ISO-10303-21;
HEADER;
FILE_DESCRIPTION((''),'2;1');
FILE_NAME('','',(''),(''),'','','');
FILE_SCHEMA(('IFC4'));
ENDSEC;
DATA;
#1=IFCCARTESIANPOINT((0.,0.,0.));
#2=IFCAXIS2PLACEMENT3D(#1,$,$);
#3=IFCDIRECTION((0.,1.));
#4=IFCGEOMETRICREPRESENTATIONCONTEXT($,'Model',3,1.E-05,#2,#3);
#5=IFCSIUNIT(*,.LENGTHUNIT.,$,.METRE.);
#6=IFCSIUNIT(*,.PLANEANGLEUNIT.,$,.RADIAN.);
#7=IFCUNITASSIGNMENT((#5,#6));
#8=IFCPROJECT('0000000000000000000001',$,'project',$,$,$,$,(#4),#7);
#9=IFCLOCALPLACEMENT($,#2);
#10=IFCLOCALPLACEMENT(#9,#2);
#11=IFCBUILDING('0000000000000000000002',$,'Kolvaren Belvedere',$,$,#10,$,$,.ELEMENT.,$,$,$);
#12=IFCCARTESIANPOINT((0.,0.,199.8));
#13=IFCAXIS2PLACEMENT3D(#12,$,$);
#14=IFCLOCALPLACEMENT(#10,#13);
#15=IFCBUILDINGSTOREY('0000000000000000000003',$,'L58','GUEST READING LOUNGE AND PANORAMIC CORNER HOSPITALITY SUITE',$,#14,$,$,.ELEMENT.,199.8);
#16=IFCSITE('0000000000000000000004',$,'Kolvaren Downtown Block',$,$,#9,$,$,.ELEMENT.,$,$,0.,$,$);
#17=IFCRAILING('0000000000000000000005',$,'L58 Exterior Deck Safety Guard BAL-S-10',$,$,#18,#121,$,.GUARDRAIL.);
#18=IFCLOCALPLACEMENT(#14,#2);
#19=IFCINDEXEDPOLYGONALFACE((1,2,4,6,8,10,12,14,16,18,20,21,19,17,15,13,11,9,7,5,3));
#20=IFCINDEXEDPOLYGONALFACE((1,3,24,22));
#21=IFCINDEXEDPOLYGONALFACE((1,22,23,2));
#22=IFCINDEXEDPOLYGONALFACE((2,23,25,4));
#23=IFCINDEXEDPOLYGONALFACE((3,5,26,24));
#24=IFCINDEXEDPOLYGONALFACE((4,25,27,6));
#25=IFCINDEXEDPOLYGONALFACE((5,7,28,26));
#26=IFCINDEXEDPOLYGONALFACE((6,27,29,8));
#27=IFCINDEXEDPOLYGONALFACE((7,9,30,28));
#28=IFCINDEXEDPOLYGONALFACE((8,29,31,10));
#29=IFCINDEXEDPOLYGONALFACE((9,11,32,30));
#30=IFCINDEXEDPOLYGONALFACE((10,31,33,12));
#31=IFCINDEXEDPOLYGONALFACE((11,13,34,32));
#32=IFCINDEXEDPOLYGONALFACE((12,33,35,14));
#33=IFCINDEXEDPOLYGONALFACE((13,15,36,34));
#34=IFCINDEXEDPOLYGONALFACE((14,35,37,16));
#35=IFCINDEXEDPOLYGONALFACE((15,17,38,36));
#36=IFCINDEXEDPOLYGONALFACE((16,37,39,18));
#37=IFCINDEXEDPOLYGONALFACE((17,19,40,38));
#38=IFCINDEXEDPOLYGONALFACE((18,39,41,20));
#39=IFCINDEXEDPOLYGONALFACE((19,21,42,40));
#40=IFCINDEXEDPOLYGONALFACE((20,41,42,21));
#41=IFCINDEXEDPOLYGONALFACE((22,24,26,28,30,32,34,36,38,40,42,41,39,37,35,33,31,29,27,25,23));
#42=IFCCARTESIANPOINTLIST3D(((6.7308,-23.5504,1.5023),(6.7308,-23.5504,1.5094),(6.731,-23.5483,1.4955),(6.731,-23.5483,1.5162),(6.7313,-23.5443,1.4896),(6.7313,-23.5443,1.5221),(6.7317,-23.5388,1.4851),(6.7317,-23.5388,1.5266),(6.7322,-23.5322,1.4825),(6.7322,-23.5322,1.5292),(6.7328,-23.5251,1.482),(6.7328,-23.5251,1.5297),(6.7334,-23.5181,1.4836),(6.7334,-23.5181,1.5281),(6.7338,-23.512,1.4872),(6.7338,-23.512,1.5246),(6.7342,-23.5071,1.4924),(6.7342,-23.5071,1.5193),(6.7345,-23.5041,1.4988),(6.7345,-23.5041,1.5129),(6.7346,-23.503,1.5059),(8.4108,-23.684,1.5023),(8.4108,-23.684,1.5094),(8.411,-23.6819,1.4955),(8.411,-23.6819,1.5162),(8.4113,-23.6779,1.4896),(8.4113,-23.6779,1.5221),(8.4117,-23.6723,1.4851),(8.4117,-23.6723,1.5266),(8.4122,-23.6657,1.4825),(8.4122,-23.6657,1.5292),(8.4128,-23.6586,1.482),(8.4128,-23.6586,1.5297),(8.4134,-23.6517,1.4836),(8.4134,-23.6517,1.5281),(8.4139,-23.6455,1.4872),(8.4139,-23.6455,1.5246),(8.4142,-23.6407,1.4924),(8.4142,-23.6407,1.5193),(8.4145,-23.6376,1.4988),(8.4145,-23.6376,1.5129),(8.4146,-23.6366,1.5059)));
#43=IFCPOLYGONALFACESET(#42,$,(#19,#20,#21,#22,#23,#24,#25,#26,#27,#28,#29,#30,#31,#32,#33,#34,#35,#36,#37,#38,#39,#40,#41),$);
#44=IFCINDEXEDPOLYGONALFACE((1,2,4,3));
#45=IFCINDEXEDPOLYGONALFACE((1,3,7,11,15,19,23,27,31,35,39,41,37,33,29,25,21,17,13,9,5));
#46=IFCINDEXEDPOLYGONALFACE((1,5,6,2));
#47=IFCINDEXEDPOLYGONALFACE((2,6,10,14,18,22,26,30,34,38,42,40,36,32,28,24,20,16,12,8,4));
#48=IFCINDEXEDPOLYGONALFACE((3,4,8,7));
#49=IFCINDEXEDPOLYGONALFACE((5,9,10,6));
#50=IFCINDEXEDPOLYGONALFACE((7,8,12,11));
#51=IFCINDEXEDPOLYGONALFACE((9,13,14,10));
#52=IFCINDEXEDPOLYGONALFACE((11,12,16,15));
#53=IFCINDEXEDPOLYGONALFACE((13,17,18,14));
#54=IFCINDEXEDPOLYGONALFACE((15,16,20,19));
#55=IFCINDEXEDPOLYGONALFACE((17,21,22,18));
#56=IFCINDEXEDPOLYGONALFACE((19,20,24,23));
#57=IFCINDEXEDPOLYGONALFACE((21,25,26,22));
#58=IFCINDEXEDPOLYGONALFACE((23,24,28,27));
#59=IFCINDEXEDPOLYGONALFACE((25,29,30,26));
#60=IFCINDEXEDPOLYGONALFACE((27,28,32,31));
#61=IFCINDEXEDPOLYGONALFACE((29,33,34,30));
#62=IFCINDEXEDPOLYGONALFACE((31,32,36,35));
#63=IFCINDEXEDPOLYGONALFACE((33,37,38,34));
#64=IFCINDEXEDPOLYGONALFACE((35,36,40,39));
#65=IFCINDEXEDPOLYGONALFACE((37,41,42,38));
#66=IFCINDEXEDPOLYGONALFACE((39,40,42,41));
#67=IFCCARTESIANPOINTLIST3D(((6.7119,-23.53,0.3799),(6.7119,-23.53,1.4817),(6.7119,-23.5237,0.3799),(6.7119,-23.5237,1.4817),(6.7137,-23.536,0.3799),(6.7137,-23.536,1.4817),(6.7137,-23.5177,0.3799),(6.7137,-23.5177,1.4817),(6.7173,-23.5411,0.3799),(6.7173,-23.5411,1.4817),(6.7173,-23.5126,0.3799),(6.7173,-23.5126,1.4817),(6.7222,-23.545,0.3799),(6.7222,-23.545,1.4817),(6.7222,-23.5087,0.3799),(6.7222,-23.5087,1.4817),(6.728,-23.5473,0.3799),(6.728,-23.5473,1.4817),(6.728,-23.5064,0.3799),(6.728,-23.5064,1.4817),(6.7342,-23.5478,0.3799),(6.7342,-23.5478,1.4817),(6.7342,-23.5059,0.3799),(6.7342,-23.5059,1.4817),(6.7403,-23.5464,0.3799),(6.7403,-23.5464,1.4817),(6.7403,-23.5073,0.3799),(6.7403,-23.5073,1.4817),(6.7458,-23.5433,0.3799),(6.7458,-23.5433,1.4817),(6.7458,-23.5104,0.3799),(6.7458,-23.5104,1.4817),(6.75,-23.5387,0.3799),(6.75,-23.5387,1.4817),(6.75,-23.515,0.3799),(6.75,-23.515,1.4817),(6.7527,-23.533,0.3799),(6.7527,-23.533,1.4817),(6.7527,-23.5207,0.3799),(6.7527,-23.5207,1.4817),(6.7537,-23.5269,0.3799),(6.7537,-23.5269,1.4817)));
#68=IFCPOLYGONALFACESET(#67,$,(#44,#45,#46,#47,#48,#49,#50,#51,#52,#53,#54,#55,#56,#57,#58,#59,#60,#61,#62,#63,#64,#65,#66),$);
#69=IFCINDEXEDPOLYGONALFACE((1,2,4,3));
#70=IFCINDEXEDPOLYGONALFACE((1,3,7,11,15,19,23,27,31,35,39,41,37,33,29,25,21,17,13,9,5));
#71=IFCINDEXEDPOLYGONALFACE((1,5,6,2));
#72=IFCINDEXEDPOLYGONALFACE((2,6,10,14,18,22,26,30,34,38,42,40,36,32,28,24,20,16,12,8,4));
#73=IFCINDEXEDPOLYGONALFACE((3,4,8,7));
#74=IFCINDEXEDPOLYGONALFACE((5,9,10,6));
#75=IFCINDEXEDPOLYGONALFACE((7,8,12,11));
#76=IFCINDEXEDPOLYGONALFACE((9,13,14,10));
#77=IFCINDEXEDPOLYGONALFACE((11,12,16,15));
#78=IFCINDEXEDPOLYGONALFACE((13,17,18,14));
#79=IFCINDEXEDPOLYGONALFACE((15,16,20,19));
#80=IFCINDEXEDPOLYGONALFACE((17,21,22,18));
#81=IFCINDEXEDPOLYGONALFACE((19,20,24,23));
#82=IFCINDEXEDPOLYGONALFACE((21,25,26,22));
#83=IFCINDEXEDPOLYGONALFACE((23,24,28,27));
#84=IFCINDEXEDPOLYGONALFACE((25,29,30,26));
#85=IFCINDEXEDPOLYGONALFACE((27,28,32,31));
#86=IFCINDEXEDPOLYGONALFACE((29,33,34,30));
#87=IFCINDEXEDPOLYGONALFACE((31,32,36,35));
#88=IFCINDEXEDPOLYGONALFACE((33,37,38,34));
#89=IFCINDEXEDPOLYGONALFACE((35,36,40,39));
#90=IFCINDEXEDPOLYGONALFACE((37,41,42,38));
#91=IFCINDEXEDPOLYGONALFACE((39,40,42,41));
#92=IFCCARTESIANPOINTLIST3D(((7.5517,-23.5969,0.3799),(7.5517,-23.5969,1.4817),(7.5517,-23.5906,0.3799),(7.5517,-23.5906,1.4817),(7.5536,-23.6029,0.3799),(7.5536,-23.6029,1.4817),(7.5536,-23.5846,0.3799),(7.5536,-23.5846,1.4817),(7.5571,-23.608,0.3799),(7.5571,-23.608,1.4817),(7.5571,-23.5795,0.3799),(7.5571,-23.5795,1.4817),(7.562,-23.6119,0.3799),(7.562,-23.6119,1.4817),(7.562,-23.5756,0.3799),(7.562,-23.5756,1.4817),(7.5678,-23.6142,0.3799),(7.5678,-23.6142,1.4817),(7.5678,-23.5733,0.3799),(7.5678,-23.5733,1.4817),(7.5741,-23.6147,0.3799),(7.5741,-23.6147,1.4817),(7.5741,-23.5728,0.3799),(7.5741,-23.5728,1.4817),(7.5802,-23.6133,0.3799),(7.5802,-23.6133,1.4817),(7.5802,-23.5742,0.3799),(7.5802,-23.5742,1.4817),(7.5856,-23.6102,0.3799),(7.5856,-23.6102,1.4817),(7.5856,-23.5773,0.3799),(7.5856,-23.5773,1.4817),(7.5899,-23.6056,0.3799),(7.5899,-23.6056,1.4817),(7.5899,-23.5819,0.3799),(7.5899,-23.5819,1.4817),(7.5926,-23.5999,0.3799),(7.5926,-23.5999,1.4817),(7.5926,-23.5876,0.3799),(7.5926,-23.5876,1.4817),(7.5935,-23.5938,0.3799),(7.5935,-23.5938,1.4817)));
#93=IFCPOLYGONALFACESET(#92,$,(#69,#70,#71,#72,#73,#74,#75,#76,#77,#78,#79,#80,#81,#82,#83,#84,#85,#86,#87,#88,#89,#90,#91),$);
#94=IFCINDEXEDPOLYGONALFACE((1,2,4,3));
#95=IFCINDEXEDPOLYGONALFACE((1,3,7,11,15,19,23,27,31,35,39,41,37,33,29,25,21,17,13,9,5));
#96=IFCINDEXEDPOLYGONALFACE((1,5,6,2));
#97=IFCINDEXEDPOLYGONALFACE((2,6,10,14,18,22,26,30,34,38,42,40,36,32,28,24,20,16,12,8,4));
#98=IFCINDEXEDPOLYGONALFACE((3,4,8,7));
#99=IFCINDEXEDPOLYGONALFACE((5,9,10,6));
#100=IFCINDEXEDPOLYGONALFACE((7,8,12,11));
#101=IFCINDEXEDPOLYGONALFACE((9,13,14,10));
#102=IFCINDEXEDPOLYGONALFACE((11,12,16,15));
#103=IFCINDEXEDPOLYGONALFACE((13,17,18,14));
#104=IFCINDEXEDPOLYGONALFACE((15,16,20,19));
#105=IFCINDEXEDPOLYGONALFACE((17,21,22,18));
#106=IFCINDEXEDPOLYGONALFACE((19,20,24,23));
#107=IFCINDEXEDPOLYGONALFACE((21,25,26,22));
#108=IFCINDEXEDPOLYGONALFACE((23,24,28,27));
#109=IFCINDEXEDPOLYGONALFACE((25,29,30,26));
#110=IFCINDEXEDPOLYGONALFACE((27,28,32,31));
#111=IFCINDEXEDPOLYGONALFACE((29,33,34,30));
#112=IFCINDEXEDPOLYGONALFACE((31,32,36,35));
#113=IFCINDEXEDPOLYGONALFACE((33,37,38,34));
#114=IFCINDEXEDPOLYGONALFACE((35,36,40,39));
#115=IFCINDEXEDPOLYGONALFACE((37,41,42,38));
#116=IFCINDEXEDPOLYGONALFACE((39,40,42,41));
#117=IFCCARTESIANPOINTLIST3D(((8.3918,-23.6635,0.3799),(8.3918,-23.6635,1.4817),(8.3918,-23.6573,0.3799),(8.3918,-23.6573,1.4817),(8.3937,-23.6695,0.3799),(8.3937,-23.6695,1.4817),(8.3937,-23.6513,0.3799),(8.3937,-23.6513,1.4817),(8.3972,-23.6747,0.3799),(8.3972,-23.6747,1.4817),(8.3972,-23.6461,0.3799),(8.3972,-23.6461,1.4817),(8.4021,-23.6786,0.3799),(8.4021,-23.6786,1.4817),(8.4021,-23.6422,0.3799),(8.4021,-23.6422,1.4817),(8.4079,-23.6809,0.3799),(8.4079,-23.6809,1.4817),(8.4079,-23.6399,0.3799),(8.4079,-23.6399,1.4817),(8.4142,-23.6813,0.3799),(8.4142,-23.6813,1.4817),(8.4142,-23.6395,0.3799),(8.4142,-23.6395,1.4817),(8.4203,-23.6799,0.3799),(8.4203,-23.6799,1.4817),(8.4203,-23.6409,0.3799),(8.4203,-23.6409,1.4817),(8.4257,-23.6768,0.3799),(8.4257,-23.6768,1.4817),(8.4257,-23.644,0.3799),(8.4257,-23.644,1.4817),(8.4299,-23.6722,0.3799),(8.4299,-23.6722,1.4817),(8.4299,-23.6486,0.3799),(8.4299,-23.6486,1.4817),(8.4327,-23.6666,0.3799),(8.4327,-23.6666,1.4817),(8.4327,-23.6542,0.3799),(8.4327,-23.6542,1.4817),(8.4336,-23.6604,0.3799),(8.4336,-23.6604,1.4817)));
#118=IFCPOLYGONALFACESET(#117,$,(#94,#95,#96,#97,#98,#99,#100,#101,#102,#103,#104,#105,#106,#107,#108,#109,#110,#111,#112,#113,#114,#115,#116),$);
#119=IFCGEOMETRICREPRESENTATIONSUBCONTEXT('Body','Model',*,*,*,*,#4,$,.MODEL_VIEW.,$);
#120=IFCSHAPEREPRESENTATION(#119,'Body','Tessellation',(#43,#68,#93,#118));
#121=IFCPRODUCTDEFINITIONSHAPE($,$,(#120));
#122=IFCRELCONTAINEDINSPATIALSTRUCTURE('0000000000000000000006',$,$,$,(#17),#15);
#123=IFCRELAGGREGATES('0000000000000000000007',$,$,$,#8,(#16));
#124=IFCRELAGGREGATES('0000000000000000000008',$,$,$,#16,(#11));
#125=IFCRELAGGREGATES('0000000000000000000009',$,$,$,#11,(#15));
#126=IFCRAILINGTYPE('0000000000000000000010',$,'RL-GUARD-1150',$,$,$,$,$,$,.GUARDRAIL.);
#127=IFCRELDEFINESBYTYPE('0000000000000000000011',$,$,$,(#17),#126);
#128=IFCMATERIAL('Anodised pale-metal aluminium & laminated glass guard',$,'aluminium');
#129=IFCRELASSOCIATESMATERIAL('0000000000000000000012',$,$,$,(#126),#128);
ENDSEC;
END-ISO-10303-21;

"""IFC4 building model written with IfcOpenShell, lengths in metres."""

from ifc_helpers import new_model, si_unit, direction, frame, origin, origin_2d, place, context, subcontext, project, spatial, circle, extrude, material, type_object, element, save


model = new_model("IFC4")

# Units and contexts
model_context = context("Model", 3, precision=1e-05, world=origin(), true_north=direction((0.0, 1.0)))
body_context = subcontext(model_context, "Body", "Model", "MODEL_VIEW")
ifc_project = project(units=[si_unit("LENGTHUNIT", "METRE"), si_unit("PLANEANGLEUNIT", "RADIAN")], contexts=[model_context])

# Site, building, storey
site_placement = place(None, origin())
site = spatial("IfcSite", under=ifc_project, at=site_placement, Name="Kolvaren Downtown Block", CompositionType="ELEMENT", RefElevation=0.0)
building_placement = place(site_placement, origin())
building = spatial("IfcBuilding", under=site, at=building_placement, Name="Kolvaren Belvedere", CompositionType="ELEMENT")
storey_placement = place(building_placement, frame((0.0, 0.0, 199.8)))
storey = spatial("IfcBuildingStorey", under=building, at=storey_placement, Name="L58", Description="GUEST READING LOUNGE AND PANORAMIC CORNER HOSPITALITY SUITE", CompositionType="ELEMENT", Elevation=199.8)

# Railing
ifc_material_1 = material(Name="Anodised pale-metal aluminium & laminated glass guard", Category="aluminium")
railing_type = type_object("IfcRailingType", Name="RL-GUARD-1150", PredefinedType="GUARDRAIL", material=ifc_material_1)
railing_1_placement = place(storey_placement, frame((6.7327, -23.5269, 0.3799)))
element("IfcRailing", 1, at=railing_1_placement, inside=storey, type_object=railing_type, Name="L58 Exterior Deck Safety Guard BAL-S-10", PredefinedType="GUARDRAIL", context=body_context, shape_type="SweptSolid", body=[
    extrude(circle(Radius=0.0239, at=origin_2d()), frame((0.0, 0.0, 1.126), z_axis=(0.996855, -0.079244, 0.0), x_axis=(0.079244, 0.996855, 0.0)), (0.0, 0.0, 1.0), 1.6853),
    extrude(circle(Radius=0.021, at=origin_2d()), origin(), (0.0, 0.0, 1.0), 1.1018),
    extrude(circle(Radius=0.021, at=origin_2d()), frame((0.8398, -0.0669, 0.0)), (0.0, 0.0, 1.0), 1.1018),
    extrude(circle(Radius=0.021, at=origin_2d()), frame((1.6799, -0.1335, 0.0)), (0.0, 0.0, 1.0), 1.1018),
])

save(model, "model.ifc")
